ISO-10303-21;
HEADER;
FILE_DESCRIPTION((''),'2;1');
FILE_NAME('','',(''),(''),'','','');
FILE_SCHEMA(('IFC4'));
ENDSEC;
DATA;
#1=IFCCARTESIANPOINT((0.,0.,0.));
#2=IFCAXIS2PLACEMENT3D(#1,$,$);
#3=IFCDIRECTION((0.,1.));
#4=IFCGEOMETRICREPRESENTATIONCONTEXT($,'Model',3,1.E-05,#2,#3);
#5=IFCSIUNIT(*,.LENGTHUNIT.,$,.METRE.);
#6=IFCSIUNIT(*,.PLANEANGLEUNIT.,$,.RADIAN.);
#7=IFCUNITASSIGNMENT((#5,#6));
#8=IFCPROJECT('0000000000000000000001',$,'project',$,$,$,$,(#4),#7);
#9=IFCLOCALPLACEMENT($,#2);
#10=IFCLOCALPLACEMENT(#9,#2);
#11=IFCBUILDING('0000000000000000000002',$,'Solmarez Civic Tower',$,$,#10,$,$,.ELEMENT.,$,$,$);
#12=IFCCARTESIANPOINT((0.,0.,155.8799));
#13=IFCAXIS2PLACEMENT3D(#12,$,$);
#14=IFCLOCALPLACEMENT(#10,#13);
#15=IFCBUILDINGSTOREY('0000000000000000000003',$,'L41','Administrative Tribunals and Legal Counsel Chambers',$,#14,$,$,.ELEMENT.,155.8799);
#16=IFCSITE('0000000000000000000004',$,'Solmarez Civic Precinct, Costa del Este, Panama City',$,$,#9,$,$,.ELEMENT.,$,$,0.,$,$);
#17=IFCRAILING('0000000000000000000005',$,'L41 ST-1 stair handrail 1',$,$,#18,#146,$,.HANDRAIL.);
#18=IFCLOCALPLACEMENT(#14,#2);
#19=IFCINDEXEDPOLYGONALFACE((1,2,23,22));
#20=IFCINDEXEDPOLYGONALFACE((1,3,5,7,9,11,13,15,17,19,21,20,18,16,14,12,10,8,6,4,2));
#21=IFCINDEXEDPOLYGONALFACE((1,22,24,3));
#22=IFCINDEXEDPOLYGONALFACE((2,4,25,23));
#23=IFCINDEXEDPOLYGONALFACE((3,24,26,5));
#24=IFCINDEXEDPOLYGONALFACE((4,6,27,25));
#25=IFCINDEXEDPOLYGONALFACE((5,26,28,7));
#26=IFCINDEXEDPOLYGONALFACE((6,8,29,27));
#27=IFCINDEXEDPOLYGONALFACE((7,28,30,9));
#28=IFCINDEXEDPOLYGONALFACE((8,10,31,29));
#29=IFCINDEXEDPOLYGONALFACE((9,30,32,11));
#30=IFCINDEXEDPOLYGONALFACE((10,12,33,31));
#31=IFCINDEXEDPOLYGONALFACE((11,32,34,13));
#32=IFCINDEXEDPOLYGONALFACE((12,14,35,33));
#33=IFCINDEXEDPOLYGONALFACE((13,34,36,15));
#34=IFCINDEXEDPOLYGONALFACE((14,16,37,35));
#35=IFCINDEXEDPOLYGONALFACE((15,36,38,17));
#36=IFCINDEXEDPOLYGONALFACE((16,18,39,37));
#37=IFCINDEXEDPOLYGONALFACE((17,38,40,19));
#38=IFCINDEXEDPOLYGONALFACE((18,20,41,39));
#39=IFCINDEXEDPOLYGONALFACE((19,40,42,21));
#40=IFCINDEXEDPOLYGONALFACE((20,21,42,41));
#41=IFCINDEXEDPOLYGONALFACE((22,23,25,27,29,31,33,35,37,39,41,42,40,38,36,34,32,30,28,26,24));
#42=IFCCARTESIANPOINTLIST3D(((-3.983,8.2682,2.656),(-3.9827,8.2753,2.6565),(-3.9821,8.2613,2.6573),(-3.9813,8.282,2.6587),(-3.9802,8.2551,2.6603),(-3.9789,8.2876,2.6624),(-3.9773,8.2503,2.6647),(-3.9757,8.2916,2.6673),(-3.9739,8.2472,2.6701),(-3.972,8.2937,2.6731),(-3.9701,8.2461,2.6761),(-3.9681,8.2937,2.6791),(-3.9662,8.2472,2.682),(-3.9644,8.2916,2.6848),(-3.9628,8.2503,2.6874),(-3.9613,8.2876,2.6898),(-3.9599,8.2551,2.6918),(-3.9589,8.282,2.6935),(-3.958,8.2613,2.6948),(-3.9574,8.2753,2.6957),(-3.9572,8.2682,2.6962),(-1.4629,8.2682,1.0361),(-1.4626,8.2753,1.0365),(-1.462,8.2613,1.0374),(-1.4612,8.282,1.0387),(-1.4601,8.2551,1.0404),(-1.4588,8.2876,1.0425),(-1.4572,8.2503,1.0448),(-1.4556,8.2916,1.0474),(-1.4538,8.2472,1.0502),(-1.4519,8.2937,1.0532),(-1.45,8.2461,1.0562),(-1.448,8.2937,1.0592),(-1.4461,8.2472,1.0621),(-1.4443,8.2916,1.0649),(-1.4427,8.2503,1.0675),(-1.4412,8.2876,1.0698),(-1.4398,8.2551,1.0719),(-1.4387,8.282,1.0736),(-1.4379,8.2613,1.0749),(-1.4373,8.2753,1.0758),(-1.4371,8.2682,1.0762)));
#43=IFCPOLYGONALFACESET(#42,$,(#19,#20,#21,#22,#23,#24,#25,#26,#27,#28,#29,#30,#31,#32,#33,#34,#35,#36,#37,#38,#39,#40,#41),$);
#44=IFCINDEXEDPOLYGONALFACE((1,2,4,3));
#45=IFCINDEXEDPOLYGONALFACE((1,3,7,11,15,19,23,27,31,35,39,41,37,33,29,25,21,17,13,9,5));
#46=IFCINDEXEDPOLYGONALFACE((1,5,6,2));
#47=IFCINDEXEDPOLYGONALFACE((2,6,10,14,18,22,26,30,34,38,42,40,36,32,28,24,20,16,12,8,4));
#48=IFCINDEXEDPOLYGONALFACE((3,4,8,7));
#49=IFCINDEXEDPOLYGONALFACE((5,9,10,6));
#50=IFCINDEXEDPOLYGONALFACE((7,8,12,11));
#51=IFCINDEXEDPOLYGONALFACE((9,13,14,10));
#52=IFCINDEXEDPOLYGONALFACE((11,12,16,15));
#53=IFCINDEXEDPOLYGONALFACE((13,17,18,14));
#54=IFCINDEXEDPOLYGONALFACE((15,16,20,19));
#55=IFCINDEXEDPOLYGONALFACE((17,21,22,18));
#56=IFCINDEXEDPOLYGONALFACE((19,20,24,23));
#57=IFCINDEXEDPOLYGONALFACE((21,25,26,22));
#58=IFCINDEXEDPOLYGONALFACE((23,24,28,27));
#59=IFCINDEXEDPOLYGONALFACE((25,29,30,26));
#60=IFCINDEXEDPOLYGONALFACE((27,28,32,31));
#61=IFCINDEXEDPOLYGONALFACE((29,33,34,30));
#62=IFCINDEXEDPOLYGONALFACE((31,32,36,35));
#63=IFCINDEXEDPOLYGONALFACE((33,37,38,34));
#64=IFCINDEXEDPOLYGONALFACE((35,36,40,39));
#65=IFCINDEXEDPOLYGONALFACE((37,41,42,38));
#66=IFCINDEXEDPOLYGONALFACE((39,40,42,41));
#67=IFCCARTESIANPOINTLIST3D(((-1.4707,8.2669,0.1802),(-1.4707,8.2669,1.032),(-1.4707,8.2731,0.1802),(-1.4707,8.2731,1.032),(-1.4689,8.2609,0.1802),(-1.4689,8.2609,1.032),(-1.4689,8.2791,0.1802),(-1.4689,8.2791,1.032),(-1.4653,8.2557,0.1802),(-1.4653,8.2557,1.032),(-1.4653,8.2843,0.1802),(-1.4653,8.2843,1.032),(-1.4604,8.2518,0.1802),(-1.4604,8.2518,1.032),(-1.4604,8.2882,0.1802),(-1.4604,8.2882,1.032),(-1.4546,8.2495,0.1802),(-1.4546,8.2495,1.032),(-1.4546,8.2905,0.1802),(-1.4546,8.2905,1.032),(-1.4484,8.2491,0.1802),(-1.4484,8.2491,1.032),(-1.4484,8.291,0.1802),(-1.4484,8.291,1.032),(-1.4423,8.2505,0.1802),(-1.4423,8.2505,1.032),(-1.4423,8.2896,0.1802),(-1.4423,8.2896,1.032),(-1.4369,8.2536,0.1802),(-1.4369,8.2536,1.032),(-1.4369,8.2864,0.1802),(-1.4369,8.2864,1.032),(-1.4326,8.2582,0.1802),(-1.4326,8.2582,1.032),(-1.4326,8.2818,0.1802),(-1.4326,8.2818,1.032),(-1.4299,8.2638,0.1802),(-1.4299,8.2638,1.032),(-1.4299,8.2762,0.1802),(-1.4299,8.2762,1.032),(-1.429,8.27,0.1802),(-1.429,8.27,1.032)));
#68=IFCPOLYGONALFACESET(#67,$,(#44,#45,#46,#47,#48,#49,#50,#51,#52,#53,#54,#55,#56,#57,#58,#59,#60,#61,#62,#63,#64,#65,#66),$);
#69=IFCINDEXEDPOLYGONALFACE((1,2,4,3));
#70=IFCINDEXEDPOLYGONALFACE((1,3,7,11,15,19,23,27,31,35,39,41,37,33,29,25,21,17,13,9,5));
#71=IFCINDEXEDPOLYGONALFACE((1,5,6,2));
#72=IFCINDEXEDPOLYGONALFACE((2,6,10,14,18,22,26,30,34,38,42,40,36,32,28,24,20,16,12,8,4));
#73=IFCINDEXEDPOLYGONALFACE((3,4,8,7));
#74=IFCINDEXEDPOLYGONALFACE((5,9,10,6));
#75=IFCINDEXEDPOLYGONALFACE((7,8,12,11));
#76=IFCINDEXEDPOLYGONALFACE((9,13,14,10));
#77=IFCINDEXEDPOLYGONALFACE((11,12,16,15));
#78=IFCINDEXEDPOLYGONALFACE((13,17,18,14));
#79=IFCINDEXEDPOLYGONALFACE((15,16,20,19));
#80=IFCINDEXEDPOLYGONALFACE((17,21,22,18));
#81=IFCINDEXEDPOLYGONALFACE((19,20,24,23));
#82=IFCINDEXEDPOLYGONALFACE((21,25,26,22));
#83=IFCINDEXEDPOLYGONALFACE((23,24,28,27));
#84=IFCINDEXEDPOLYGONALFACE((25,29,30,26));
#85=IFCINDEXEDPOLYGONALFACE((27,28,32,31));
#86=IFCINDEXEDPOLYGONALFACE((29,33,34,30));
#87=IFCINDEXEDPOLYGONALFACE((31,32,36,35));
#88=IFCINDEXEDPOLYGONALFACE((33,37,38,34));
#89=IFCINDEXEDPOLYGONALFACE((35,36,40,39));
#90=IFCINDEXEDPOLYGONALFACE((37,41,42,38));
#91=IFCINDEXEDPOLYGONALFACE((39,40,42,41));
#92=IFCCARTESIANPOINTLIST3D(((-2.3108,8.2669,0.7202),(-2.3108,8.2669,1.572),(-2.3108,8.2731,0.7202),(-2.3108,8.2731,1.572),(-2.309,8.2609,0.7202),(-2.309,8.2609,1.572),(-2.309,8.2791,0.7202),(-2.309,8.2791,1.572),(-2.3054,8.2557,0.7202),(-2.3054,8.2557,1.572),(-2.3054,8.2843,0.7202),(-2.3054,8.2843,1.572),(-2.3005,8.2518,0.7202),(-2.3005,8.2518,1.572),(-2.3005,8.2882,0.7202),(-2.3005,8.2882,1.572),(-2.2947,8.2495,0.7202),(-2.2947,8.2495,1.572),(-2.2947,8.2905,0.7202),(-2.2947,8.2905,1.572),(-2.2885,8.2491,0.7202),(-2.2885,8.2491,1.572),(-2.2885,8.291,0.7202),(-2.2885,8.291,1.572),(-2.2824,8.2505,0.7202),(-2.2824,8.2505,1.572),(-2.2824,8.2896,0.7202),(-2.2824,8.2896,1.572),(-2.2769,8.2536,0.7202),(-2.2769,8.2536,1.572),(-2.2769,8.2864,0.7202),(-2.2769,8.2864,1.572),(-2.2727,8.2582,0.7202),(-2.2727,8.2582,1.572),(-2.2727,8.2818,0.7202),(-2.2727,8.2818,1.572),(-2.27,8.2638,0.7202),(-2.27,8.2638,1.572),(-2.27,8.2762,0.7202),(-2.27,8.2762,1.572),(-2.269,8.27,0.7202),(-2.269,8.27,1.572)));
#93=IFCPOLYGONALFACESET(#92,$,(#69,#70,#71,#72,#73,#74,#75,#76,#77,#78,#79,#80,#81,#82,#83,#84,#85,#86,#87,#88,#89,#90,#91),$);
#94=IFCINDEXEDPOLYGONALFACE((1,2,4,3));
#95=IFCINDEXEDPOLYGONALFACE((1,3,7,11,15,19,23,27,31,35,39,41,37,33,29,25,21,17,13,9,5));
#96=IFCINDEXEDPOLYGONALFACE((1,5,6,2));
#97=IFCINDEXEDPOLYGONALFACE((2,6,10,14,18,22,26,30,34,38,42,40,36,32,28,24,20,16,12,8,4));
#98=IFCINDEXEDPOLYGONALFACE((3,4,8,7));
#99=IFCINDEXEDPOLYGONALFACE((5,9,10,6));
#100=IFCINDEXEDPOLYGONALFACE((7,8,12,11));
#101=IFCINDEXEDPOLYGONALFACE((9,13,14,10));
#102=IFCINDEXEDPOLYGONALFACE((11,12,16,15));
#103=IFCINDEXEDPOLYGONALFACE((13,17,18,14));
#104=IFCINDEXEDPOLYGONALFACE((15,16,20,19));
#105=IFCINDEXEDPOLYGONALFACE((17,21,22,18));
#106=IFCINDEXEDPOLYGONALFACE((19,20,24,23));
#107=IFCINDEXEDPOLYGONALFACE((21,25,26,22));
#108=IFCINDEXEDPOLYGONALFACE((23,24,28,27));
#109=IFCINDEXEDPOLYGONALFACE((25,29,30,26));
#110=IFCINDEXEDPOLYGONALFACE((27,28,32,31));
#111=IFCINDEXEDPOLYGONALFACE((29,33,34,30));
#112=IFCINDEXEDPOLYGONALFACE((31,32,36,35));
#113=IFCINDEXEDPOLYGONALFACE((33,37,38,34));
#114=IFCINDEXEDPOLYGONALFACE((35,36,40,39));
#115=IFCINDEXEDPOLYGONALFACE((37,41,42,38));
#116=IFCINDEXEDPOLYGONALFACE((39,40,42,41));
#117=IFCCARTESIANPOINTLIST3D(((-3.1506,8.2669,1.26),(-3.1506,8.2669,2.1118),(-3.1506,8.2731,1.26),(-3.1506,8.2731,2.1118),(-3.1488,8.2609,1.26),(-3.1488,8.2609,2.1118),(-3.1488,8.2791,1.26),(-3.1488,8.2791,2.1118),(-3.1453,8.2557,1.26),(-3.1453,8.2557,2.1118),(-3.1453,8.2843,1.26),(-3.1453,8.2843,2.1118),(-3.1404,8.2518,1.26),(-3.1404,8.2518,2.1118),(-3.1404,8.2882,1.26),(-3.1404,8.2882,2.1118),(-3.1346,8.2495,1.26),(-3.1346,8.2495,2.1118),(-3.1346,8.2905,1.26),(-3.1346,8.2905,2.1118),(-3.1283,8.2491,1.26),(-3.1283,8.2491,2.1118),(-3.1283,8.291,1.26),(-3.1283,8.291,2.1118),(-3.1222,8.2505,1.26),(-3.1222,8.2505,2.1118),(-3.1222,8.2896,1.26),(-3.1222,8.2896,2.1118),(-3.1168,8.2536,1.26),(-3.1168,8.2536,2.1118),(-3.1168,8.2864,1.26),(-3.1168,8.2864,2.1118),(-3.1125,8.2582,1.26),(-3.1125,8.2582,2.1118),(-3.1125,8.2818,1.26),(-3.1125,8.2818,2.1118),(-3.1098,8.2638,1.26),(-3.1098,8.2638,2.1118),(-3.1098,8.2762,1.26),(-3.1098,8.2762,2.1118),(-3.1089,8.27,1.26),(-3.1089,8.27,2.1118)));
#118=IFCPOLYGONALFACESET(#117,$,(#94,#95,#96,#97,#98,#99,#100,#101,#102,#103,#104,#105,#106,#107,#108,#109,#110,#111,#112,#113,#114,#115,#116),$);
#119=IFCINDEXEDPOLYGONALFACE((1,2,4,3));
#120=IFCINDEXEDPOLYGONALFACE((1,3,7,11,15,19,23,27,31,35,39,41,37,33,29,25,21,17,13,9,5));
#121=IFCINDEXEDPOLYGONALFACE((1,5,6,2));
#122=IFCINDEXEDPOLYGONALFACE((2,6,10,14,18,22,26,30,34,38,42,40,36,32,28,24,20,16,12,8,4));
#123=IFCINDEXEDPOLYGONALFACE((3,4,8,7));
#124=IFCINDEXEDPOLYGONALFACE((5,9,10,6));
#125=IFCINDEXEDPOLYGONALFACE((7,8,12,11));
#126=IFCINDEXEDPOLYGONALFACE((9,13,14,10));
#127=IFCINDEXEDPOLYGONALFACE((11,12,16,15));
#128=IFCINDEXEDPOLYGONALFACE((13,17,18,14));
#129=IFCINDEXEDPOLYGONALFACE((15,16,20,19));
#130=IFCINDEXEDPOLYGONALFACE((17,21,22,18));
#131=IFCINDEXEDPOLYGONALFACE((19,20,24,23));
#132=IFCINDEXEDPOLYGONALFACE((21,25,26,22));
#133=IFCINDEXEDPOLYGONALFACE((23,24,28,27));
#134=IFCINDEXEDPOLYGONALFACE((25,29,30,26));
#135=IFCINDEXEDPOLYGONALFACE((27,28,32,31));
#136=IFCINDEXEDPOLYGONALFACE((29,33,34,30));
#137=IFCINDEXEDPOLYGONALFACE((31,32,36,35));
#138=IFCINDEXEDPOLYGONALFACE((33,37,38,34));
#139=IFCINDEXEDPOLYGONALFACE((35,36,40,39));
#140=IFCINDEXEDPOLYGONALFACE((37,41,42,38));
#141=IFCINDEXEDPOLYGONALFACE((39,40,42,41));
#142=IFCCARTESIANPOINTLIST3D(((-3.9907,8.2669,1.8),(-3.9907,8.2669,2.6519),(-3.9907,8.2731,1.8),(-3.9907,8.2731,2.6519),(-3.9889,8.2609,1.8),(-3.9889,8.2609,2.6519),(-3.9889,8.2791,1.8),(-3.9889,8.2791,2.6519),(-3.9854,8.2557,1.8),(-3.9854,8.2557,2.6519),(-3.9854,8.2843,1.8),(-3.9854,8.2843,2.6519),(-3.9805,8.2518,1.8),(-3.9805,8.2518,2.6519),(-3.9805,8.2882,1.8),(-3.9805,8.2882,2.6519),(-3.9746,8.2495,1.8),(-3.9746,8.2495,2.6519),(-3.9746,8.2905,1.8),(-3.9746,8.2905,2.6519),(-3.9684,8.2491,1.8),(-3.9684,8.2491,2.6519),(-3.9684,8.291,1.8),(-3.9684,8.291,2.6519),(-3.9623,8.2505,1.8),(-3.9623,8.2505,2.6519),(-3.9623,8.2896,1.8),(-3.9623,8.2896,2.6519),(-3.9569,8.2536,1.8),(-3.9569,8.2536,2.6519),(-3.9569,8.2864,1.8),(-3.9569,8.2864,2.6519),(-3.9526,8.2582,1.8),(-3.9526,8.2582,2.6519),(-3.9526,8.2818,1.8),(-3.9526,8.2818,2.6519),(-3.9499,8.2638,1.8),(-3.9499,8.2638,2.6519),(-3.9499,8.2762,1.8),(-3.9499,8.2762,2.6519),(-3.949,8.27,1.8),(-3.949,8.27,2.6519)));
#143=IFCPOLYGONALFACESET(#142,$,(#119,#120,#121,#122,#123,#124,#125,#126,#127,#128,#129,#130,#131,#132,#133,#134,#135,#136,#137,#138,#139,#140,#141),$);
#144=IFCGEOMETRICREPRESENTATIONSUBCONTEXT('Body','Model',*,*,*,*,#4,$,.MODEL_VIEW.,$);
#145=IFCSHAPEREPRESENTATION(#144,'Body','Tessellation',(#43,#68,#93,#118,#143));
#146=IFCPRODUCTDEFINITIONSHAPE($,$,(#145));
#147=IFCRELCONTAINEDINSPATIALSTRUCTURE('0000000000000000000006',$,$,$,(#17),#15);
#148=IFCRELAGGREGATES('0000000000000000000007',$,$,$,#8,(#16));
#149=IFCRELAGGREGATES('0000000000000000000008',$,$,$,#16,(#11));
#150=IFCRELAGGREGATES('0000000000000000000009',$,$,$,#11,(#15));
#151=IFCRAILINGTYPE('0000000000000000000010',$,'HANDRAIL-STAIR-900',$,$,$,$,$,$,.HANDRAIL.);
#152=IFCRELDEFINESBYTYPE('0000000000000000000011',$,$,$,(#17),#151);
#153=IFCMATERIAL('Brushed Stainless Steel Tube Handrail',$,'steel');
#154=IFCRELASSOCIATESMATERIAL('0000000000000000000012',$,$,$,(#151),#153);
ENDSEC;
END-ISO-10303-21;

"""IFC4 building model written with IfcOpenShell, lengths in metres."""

from ifc_helpers import new_model, si_unit, direction, frame, origin, origin_2d, place, context, subcontext, project, spatial, circle, extrude, material, type_object, element, save


model = new_model("IFC4")

# Units and contexts
model_context = context("Model", 3, precision=1e-05, world=origin(), true_north=direction((0.0, 1.0)))
body_context = subcontext(model_context, "Body", "Model", "MODEL_VIEW")
ifc_project = project(units=[si_unit("LENGTHUNIT", "METRE"), si_unit("PLANEANGLEUNIT", "RADIAN")], contexts=[model_context])

# Site, building, storey
site_placement = place(None, origin())
site = spatial("IfcSite", under=ifc_project, at=site_placement, Name="Solmarez Civic Precinct, Costa del Este, Panama City", CompositionType="ELEMENT", RefElevation=0.0)
building_placement = place(site_placement, origin())
building = spatial("IfcBuilding", under=site, at=building_placement, Name="Solmarez Civic Tower", CompositionType="ELEMENT")
storey_placement = place(building_placement, frame((0.0, 0.0, 155.8799)))
storey = spatial("IfcBuildingStorey", under=building, at=storey_placement, Name="L41", Description="Administrative Tribunals and Legal Counsel Chambers", CompositionType="ELEMENT", Elevation=155.8799)

# Railing
ifc_material_1 = material(Name="Brushed Stainless Steel Tube Handrail", Category="steel")
railing_type_1 = type_object("IfcRailingType", Name="HANDRAIL-STAIR-900", PredefinedType="HANDRAIL", material=ifc_material_1)
railing_1_placement = place(storey_placement, frame((-1.45, 8.27, 0.1802)))
element("IfcRailing", 1, at=railing_1_placement, inside=storey, type_object=railing_type_1, Name="L41 ST-1 stair handrail 1", PredefinedType="HANDRAIL", context=body_context, shape_type="SweptSolid", body=[
    extrude(circle(Radius=0.0239, at=origin_2d()), frame((0.0, 0.0, 0.876), z_axis=(-0.8412, 0.0, 0.540725), x_axis=(0.0, -1.0, 0.0)), (0.0, 0.0, 1.0), 2.9958),
    extrude(circle(Radius=0.021, at=origin_2d()), origin(), (0.0, 0.0, 1.0), 0.8518),
    extrude(circle(Radius=0.021, at=origin_2d()), frame((-0.8401, 0.0, 0.54)), (0.0, 0.0, 1.0), 0.8518),
    extrude(circle(Radius=0.021, at=origin_2d()), frame((-1.6799, 0.0, 1.0798)), (0.0, 0.0, 1.0), 0.8518),
    extrude(circle(Radius=0.021, at=origin_2d()), frame((-2.52, 0.0, 1.6199)), (0.0, 0.0, 1.0), 0.8518),
])

save(model, "model.ifc")
